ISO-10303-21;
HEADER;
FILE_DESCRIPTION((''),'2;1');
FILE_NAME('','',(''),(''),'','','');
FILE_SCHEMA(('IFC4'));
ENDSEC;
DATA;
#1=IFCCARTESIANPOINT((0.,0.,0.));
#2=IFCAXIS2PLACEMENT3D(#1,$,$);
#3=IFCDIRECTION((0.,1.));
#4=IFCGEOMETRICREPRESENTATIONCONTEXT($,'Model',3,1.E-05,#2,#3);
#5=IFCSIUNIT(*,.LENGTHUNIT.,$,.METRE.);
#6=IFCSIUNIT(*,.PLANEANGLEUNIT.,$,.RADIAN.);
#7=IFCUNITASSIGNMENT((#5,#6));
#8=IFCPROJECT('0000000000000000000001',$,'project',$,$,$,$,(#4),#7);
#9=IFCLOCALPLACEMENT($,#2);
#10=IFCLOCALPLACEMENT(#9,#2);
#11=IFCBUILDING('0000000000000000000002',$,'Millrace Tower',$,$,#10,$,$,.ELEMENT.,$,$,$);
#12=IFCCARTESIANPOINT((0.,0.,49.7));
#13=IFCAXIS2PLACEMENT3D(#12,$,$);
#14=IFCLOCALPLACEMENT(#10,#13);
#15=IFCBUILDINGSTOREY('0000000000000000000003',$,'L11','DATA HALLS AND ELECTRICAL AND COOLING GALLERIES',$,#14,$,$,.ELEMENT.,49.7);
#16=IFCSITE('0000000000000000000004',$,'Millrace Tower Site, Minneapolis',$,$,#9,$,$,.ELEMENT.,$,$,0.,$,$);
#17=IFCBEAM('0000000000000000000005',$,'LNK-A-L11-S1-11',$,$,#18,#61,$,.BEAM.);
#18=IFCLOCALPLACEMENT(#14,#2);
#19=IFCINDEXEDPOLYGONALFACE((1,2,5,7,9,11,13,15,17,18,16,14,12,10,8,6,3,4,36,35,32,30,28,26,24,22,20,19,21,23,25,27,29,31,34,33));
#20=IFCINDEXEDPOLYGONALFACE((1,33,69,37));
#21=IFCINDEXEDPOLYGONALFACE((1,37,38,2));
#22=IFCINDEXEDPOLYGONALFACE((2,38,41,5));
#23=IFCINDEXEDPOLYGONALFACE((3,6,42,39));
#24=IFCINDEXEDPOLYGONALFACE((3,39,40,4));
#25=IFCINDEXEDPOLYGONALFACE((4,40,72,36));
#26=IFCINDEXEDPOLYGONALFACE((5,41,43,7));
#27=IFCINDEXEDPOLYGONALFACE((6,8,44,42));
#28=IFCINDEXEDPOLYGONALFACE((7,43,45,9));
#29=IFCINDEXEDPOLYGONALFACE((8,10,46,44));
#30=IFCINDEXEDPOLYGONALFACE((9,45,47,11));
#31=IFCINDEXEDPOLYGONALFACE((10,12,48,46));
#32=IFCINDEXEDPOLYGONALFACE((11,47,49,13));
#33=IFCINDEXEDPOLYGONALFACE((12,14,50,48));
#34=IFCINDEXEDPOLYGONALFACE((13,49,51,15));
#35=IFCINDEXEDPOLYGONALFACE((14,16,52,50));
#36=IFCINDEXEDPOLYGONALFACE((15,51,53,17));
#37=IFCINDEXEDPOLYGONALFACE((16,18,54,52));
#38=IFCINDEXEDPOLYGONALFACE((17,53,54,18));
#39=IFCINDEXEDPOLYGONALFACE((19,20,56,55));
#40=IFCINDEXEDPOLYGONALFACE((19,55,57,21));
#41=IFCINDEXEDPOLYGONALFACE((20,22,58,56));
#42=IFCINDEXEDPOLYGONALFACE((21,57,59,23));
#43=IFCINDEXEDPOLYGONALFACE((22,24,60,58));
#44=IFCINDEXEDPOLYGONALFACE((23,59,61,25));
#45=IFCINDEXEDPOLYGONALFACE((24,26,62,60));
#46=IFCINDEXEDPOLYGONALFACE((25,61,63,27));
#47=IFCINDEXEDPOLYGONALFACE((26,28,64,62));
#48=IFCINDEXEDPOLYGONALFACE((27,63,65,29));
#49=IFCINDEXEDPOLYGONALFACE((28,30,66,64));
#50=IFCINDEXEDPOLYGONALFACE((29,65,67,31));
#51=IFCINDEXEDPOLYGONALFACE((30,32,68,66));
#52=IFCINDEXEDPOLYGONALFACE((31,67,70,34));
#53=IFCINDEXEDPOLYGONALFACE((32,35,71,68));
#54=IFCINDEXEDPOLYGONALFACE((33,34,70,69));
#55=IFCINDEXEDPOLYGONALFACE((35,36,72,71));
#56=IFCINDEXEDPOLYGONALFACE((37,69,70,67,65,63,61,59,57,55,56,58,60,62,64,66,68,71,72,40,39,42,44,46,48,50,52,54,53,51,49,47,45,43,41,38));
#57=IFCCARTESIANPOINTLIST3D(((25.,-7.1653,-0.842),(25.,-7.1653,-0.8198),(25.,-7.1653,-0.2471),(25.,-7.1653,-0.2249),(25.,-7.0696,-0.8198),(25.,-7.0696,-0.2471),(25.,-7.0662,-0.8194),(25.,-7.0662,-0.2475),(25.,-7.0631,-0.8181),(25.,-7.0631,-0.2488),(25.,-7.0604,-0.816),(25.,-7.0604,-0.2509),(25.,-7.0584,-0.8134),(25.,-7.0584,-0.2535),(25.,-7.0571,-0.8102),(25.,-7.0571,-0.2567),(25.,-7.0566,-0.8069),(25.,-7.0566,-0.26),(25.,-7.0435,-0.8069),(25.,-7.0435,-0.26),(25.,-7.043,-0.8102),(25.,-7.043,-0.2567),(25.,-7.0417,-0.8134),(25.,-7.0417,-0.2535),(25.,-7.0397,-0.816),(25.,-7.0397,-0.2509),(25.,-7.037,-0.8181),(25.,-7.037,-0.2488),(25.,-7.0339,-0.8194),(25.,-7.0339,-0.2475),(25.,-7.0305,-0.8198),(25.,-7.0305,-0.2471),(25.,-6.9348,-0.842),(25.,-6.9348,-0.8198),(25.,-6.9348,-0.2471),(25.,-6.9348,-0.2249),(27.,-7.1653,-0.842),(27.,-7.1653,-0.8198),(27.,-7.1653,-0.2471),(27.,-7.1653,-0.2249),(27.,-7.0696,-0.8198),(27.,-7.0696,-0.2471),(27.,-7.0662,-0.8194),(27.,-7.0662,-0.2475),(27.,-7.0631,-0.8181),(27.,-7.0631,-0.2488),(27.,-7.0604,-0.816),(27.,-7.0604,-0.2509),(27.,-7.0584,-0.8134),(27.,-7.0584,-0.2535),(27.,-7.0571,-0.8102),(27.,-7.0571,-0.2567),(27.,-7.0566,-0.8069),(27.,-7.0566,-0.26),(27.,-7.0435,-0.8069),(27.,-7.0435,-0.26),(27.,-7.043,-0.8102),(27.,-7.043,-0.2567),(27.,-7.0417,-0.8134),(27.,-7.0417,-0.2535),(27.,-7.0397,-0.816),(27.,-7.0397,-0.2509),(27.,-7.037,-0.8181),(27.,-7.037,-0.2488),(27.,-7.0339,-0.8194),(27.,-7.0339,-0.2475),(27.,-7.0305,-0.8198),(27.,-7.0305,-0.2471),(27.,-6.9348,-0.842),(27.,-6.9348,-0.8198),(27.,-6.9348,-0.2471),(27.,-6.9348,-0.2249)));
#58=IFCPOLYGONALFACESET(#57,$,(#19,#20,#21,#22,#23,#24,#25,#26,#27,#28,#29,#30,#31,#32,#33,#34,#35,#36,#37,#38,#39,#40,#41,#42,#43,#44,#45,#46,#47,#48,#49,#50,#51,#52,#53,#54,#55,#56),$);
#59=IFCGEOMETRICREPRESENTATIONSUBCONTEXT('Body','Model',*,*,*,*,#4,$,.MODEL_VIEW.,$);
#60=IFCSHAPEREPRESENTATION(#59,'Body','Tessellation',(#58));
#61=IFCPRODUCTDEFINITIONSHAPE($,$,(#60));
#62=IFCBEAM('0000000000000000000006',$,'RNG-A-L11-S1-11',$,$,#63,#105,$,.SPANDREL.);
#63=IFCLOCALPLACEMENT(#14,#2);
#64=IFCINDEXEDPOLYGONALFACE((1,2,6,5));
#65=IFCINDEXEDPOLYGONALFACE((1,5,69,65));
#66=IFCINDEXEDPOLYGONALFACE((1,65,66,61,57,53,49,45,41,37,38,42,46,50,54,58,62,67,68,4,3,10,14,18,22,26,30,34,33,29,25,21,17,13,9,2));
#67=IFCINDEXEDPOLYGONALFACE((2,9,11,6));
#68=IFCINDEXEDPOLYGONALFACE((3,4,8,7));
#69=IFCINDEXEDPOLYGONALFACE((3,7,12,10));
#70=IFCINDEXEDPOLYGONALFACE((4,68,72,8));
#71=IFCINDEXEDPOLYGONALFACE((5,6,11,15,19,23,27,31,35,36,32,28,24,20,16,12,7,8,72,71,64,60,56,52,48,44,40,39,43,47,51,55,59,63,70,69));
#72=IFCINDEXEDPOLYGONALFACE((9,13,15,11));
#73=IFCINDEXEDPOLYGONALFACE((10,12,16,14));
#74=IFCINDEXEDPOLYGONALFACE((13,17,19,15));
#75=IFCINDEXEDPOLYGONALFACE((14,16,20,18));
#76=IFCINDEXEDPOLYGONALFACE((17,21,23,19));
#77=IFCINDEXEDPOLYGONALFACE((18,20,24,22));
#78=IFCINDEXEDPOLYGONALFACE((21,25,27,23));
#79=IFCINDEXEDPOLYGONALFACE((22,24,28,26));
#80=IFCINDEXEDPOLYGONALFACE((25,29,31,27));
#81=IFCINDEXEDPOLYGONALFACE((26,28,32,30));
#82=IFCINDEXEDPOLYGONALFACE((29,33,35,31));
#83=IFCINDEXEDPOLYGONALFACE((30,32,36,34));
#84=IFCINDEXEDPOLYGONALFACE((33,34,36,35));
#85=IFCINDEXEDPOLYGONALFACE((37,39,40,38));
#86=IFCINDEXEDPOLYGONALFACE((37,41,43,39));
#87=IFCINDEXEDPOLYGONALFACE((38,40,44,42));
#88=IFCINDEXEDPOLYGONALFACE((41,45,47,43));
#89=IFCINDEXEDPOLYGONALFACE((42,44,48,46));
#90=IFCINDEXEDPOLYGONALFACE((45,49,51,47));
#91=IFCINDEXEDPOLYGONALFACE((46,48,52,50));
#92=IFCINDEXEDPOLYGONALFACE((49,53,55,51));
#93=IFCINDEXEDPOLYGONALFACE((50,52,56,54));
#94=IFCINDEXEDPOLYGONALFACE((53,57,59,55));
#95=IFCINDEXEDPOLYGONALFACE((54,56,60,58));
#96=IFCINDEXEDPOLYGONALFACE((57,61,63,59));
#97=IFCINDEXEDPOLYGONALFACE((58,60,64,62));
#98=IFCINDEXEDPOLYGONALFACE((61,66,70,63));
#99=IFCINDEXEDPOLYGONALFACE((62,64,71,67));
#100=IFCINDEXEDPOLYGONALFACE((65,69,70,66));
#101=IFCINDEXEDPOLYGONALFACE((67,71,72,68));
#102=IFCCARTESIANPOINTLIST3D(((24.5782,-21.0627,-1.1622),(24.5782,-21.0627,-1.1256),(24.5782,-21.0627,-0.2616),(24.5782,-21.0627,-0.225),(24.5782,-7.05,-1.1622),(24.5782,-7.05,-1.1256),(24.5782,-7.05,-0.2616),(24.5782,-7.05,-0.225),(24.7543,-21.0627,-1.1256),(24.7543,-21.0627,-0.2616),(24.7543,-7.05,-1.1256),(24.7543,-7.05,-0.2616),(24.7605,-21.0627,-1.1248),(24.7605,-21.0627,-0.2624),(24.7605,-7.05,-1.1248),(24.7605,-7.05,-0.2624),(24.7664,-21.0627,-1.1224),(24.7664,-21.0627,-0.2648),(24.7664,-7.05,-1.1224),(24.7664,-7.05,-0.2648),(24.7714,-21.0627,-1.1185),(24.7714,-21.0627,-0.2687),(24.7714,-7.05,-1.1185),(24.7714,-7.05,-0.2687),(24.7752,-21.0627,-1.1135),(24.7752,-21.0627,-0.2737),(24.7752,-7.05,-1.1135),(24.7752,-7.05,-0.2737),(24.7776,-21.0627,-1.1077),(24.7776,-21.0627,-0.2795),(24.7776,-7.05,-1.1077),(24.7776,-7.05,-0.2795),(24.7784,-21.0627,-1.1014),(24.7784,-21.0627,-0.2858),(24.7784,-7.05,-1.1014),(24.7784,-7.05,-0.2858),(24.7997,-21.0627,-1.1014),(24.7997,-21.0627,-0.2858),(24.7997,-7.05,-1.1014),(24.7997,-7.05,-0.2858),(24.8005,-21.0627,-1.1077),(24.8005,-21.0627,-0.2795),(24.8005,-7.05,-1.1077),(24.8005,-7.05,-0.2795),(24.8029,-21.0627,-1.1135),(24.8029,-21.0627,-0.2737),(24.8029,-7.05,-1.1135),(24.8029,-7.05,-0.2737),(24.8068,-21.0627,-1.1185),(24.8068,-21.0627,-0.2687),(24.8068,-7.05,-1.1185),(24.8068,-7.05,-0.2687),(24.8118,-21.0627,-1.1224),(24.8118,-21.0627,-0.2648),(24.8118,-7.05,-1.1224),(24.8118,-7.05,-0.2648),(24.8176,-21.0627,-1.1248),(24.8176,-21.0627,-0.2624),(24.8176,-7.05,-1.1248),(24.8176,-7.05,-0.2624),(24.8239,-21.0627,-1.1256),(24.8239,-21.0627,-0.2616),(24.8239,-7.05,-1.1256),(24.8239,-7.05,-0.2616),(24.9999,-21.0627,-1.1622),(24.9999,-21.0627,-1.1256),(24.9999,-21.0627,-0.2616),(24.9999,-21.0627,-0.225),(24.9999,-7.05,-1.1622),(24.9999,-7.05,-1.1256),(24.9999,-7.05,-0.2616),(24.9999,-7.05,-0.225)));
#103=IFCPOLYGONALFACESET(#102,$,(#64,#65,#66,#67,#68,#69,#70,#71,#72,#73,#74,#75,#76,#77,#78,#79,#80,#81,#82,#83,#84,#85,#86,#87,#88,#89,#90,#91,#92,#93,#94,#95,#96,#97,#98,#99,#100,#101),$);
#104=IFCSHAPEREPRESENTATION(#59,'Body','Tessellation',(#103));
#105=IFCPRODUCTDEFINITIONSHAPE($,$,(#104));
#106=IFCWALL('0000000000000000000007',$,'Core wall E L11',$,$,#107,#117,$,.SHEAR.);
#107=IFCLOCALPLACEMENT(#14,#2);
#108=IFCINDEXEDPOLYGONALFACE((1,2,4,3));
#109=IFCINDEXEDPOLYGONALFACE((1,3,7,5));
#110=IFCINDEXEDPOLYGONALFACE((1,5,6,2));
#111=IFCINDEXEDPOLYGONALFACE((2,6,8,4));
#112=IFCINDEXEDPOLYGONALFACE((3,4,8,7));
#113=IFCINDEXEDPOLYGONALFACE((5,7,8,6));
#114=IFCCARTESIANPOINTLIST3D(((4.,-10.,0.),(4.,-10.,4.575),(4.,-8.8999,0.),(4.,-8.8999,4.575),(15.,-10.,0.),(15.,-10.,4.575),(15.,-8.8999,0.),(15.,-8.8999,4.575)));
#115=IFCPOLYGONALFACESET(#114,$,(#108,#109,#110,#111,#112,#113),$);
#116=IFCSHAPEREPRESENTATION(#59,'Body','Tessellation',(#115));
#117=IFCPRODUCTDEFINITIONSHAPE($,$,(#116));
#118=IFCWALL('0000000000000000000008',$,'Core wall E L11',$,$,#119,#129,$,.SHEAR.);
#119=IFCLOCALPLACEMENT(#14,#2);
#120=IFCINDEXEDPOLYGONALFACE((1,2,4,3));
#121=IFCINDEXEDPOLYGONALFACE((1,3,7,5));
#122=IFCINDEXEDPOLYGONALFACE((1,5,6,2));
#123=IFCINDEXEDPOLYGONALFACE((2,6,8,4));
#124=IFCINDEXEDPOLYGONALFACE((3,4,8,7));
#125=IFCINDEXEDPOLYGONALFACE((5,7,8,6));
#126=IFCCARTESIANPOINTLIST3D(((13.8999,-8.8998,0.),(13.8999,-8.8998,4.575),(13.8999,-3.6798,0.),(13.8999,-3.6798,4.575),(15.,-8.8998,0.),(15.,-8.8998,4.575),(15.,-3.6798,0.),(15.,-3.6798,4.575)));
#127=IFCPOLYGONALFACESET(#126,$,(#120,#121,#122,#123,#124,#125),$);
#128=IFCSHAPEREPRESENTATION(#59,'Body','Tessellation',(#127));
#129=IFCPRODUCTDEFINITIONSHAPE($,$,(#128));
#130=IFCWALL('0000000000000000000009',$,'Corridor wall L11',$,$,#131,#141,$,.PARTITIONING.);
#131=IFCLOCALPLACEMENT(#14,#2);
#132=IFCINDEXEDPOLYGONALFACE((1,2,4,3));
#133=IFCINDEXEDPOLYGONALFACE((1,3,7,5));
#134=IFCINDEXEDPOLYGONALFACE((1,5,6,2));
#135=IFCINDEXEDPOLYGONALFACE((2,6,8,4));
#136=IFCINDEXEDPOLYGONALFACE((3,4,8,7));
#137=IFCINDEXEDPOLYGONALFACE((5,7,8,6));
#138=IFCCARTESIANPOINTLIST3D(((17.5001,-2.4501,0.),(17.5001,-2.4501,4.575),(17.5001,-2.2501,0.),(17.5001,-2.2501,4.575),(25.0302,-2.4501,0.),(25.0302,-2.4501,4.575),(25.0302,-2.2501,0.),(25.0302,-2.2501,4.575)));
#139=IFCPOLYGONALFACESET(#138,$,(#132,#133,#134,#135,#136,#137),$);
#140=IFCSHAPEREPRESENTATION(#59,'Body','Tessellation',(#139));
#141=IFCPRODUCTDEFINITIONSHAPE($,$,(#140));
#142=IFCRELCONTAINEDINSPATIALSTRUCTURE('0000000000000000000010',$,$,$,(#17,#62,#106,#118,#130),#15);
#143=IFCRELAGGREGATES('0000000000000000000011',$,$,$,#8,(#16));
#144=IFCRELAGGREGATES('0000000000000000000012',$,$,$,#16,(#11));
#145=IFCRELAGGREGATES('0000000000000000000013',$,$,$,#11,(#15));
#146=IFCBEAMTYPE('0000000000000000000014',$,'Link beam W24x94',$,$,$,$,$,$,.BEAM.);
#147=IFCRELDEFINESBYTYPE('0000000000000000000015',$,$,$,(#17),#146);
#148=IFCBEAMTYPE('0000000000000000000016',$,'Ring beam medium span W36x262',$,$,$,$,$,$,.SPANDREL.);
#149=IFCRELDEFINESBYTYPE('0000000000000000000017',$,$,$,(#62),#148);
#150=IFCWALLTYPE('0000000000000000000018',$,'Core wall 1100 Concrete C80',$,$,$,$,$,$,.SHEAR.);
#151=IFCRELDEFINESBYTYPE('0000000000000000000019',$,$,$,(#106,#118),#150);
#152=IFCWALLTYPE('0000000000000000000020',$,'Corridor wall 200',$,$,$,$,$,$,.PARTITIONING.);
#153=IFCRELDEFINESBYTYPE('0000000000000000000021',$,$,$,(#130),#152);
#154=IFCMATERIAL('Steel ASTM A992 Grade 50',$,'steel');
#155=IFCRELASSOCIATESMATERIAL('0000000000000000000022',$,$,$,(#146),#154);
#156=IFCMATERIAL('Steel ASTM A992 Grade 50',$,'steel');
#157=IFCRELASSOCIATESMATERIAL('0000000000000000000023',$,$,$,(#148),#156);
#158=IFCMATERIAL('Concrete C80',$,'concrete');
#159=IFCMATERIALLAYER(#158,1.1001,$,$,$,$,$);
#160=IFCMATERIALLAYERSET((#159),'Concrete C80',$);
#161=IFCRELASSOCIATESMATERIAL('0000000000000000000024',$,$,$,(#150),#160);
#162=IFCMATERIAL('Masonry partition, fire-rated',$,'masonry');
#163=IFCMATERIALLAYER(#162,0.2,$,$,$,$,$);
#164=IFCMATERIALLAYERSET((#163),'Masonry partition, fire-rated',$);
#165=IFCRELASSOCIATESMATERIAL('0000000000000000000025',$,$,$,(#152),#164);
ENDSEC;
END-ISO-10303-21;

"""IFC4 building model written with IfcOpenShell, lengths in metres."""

from ifc_helpers import new_model, si_unit, direction, frame, frame_2d, origin, origin_2d, place, context, subcontext, project, spatial, rectangle, i_section, extrude, material, layer, layer_set, material_profile, profile_set, type_object, element, save


model = new_model("IFC4")

# Units and contexts
model_context = context("Model", 3, precision=1e-05, world=origin(), true_north=direction((0.0, 1.0)))
body_context = subcontext(model_context, "Body", "Model", "MODEL_VIEW")
ifc_project = project(units=[si_unit("LENGTHUNIT", "METRE"), si_unit("PLANEANGLEUNIT", "RADIAN")], contexts=[model_context])

# Site, building, storey
site_placement = place(None, origin())
site = spatial("IfcSite", under=ifc_project, at=site_placement, Name="Millrace Tower Site, Minneapolis", CompositionType="ELEMENT", RefElevation=0.0)
building_placement = place(site_placement, origin())
building = spatial("IfcBuilding", under=site, at=building_placement, Name="Millrace Tower", CompositionType="ELEMENT")
storey_placement = place(building_placement, frame((0.0, 0.0, 49.7)))
storey = spatial("IfcBuildingStorey", under=building, at=storey_placement, Name="L11", Description="DATA HALLS AND ELECTRICAL AND COOLING GALLERIES", CompositionType="ELEMENT", Elevation=49.7)

# Beams
ifc_material_1 = material(Name="Steel ASTM A992 Grade 50", Category="steel")
ifc_material_profile_1 = material_profile(ifc_material_1, i_section(OverallWidth=0.2305, OverallDepth=0.6172, WebThickness=0.0132, FlangeThickness=0.0222, FilletRadius=0.0129, at=origin_2d()))
ifc_profile_set_1 = profile_set([ifc_material_profile_1], Name="Steel ASTM A992 Grade 50")
beam_type_1 = type_object("IfcBeamType", Name="Link beam W24x94", PredefinedType="BEAM", material=ifc_profile_set_1)
beam_1_placement = place(storey_placement, frame((25.0, -7.05, -0.5334), z_axis=(1.0, 0.0, 0.0), x_axis=(0.0, 1.0, 0.0)))
element("IfcBeam", 1, at=beam_1_placement, inside=storey, type_object=beam_type_1, Name="LNK-A-L11-S1-11", PredefinedType="BEAM", context=body_context, shape_type="SweptSolid", body=[
    extrude(i_section(OverallWidth=0.2305, OverallDepth=0.6172, WebThickness=0.0132, FlangeThickness=0.0222, FilletRadius=0.0129, at=origin_2d()), origin(), (0.0, 0.0, 1.0), 2.0),
])
ifc_material_2 = material(Name="Steel ASTM A992 Grade 50", Category="steel")
ifc_material_profile_2 = material_profile(ifc_material_2, i_section(OverallWidth=0.4216, OverallDepth=0.9373, WebThickness=0.0212, FlangeThickness=0.0366, FilletRadius=0.0242, at=origin_2d()))
ifc_profile_set_2 = profile_set([ifc_material_profile_2], Name="Steel ASTM A992 Grade 50")
beam_type_2 = type_object("IfcBeamType", Name="Ring beam medium span W36x262", PredefinedType="SPANDREL", material=ifc_profile_set_2)
beam_2_placement = place(storey_placement, frame((24.7891, -7.05, -0.6936), z_axis=(0.0, -1.0, 0.0), x_axis=(1.0, 0.0, 0.0)))
element("IfcBeam", 2, at=beam_2_placement, inside=storey, type_object=beam_type_2, Name="RNG-A-L11-S1-11", PredefinedType="SPANDREL", context=body_context, shape_type="SweptSolid", body=[
    extrude(i_section(OverallWidth=0.4216, OverallDepth=0.9373, WebThickness=0.0212, FlangeThickness=0.0366, FilletRadius=0.0242, at=origin_2d()), origin(), (0.0, 0.0, 1.0), 14.0127),
])

# Walls
ifc_material_3 = material(Name="Concrete C80", Category="concrete")
ifc_layer_1 = layer(ifc_material_3, 1.1001)
ifc_layer_set_1 = layer_set([ifc_layer_1], Name="Concrete C80")
wall_type_1 = type_object("IfcWallType", Name="Core wall 1100 Concrete C80", PredefinedType="SHEAR", material=ifc_layer_set_1)
wall_1_placement = place(storey_placement, frame((15.0, -9.45, 0.0), z_axis=(0.0, 0.0, 1.0), x_axis=(-1.0, 0.0, 0.0)))
element("IfcWall", 3, at=wall_1_placement, inside=storey, type_object=wall_type_1, Name="Core wall E L11", PredefinedType="SHEAR", context=body_context, shape_type="SweptSolid", body=[
    extrude(rectangle(XDim=11.0, YDim=1.1001, at=frame_2d((5.5, 0.0))), origin(), (0.0, 0.0, 1.0), 4.575),
])
wall_2_placement = place(storey_placement, frame((14.45, -3.6799, 0.0), z_axis=(0.0, 0.0, 1.0), x_axis=(0.0, -1.0, 0.0)))
element("IfcWall", 4, at=wall_2_placement, inside=storey, type_object=wall_type_1, Name="Core wall E L11", PredefinedType="SHEAR", context=body_context, shape_type="SweptSolid", body=[
    extrude(rectangle(XDim=5.22, YDim=1.1001, at=frame_2d((2.6099, 0.0))), origin(), (0.0, 0.0, 1.0), 4.575),
])
ifc_material_4 = material(Name="Masonry partition, fire-rated", Category="masonry")
ifc_layer_2 = layer(ifc_material_4, 0.2)
ifc_layer_set_2 = layer_set([ifc_layer_2], Name="Masonry partition, fire-rated")
wall_type_2 = type_object("IfcWallType", Name="Corridor wall 200", PredefinedType="PARTITIONING", material=ifc_layer_set_2)
wall_3_placement = place(storey_placement, frame((17.5, -2.3501, 0.0), z_axis=(0.0, 0.0, 1.0), x_axis=(1.0, 0.0, 0.0)))
element("IfcWall", 5, at=wall_3_placement, inside=storey, type_object=wall_type_2, Name="Corridor wall L11", PredefinedType="PARTITIONING", context=body_context, shape_type="SweptSolid", body=[
    extrude(rectangle(XDim=7.53, YDim=0.2, at=frame_2d((3.7651, 0.0))), origin(), (0.0, 0.0, 1.0), 4.575),
])

save(model, "model.ifc")
